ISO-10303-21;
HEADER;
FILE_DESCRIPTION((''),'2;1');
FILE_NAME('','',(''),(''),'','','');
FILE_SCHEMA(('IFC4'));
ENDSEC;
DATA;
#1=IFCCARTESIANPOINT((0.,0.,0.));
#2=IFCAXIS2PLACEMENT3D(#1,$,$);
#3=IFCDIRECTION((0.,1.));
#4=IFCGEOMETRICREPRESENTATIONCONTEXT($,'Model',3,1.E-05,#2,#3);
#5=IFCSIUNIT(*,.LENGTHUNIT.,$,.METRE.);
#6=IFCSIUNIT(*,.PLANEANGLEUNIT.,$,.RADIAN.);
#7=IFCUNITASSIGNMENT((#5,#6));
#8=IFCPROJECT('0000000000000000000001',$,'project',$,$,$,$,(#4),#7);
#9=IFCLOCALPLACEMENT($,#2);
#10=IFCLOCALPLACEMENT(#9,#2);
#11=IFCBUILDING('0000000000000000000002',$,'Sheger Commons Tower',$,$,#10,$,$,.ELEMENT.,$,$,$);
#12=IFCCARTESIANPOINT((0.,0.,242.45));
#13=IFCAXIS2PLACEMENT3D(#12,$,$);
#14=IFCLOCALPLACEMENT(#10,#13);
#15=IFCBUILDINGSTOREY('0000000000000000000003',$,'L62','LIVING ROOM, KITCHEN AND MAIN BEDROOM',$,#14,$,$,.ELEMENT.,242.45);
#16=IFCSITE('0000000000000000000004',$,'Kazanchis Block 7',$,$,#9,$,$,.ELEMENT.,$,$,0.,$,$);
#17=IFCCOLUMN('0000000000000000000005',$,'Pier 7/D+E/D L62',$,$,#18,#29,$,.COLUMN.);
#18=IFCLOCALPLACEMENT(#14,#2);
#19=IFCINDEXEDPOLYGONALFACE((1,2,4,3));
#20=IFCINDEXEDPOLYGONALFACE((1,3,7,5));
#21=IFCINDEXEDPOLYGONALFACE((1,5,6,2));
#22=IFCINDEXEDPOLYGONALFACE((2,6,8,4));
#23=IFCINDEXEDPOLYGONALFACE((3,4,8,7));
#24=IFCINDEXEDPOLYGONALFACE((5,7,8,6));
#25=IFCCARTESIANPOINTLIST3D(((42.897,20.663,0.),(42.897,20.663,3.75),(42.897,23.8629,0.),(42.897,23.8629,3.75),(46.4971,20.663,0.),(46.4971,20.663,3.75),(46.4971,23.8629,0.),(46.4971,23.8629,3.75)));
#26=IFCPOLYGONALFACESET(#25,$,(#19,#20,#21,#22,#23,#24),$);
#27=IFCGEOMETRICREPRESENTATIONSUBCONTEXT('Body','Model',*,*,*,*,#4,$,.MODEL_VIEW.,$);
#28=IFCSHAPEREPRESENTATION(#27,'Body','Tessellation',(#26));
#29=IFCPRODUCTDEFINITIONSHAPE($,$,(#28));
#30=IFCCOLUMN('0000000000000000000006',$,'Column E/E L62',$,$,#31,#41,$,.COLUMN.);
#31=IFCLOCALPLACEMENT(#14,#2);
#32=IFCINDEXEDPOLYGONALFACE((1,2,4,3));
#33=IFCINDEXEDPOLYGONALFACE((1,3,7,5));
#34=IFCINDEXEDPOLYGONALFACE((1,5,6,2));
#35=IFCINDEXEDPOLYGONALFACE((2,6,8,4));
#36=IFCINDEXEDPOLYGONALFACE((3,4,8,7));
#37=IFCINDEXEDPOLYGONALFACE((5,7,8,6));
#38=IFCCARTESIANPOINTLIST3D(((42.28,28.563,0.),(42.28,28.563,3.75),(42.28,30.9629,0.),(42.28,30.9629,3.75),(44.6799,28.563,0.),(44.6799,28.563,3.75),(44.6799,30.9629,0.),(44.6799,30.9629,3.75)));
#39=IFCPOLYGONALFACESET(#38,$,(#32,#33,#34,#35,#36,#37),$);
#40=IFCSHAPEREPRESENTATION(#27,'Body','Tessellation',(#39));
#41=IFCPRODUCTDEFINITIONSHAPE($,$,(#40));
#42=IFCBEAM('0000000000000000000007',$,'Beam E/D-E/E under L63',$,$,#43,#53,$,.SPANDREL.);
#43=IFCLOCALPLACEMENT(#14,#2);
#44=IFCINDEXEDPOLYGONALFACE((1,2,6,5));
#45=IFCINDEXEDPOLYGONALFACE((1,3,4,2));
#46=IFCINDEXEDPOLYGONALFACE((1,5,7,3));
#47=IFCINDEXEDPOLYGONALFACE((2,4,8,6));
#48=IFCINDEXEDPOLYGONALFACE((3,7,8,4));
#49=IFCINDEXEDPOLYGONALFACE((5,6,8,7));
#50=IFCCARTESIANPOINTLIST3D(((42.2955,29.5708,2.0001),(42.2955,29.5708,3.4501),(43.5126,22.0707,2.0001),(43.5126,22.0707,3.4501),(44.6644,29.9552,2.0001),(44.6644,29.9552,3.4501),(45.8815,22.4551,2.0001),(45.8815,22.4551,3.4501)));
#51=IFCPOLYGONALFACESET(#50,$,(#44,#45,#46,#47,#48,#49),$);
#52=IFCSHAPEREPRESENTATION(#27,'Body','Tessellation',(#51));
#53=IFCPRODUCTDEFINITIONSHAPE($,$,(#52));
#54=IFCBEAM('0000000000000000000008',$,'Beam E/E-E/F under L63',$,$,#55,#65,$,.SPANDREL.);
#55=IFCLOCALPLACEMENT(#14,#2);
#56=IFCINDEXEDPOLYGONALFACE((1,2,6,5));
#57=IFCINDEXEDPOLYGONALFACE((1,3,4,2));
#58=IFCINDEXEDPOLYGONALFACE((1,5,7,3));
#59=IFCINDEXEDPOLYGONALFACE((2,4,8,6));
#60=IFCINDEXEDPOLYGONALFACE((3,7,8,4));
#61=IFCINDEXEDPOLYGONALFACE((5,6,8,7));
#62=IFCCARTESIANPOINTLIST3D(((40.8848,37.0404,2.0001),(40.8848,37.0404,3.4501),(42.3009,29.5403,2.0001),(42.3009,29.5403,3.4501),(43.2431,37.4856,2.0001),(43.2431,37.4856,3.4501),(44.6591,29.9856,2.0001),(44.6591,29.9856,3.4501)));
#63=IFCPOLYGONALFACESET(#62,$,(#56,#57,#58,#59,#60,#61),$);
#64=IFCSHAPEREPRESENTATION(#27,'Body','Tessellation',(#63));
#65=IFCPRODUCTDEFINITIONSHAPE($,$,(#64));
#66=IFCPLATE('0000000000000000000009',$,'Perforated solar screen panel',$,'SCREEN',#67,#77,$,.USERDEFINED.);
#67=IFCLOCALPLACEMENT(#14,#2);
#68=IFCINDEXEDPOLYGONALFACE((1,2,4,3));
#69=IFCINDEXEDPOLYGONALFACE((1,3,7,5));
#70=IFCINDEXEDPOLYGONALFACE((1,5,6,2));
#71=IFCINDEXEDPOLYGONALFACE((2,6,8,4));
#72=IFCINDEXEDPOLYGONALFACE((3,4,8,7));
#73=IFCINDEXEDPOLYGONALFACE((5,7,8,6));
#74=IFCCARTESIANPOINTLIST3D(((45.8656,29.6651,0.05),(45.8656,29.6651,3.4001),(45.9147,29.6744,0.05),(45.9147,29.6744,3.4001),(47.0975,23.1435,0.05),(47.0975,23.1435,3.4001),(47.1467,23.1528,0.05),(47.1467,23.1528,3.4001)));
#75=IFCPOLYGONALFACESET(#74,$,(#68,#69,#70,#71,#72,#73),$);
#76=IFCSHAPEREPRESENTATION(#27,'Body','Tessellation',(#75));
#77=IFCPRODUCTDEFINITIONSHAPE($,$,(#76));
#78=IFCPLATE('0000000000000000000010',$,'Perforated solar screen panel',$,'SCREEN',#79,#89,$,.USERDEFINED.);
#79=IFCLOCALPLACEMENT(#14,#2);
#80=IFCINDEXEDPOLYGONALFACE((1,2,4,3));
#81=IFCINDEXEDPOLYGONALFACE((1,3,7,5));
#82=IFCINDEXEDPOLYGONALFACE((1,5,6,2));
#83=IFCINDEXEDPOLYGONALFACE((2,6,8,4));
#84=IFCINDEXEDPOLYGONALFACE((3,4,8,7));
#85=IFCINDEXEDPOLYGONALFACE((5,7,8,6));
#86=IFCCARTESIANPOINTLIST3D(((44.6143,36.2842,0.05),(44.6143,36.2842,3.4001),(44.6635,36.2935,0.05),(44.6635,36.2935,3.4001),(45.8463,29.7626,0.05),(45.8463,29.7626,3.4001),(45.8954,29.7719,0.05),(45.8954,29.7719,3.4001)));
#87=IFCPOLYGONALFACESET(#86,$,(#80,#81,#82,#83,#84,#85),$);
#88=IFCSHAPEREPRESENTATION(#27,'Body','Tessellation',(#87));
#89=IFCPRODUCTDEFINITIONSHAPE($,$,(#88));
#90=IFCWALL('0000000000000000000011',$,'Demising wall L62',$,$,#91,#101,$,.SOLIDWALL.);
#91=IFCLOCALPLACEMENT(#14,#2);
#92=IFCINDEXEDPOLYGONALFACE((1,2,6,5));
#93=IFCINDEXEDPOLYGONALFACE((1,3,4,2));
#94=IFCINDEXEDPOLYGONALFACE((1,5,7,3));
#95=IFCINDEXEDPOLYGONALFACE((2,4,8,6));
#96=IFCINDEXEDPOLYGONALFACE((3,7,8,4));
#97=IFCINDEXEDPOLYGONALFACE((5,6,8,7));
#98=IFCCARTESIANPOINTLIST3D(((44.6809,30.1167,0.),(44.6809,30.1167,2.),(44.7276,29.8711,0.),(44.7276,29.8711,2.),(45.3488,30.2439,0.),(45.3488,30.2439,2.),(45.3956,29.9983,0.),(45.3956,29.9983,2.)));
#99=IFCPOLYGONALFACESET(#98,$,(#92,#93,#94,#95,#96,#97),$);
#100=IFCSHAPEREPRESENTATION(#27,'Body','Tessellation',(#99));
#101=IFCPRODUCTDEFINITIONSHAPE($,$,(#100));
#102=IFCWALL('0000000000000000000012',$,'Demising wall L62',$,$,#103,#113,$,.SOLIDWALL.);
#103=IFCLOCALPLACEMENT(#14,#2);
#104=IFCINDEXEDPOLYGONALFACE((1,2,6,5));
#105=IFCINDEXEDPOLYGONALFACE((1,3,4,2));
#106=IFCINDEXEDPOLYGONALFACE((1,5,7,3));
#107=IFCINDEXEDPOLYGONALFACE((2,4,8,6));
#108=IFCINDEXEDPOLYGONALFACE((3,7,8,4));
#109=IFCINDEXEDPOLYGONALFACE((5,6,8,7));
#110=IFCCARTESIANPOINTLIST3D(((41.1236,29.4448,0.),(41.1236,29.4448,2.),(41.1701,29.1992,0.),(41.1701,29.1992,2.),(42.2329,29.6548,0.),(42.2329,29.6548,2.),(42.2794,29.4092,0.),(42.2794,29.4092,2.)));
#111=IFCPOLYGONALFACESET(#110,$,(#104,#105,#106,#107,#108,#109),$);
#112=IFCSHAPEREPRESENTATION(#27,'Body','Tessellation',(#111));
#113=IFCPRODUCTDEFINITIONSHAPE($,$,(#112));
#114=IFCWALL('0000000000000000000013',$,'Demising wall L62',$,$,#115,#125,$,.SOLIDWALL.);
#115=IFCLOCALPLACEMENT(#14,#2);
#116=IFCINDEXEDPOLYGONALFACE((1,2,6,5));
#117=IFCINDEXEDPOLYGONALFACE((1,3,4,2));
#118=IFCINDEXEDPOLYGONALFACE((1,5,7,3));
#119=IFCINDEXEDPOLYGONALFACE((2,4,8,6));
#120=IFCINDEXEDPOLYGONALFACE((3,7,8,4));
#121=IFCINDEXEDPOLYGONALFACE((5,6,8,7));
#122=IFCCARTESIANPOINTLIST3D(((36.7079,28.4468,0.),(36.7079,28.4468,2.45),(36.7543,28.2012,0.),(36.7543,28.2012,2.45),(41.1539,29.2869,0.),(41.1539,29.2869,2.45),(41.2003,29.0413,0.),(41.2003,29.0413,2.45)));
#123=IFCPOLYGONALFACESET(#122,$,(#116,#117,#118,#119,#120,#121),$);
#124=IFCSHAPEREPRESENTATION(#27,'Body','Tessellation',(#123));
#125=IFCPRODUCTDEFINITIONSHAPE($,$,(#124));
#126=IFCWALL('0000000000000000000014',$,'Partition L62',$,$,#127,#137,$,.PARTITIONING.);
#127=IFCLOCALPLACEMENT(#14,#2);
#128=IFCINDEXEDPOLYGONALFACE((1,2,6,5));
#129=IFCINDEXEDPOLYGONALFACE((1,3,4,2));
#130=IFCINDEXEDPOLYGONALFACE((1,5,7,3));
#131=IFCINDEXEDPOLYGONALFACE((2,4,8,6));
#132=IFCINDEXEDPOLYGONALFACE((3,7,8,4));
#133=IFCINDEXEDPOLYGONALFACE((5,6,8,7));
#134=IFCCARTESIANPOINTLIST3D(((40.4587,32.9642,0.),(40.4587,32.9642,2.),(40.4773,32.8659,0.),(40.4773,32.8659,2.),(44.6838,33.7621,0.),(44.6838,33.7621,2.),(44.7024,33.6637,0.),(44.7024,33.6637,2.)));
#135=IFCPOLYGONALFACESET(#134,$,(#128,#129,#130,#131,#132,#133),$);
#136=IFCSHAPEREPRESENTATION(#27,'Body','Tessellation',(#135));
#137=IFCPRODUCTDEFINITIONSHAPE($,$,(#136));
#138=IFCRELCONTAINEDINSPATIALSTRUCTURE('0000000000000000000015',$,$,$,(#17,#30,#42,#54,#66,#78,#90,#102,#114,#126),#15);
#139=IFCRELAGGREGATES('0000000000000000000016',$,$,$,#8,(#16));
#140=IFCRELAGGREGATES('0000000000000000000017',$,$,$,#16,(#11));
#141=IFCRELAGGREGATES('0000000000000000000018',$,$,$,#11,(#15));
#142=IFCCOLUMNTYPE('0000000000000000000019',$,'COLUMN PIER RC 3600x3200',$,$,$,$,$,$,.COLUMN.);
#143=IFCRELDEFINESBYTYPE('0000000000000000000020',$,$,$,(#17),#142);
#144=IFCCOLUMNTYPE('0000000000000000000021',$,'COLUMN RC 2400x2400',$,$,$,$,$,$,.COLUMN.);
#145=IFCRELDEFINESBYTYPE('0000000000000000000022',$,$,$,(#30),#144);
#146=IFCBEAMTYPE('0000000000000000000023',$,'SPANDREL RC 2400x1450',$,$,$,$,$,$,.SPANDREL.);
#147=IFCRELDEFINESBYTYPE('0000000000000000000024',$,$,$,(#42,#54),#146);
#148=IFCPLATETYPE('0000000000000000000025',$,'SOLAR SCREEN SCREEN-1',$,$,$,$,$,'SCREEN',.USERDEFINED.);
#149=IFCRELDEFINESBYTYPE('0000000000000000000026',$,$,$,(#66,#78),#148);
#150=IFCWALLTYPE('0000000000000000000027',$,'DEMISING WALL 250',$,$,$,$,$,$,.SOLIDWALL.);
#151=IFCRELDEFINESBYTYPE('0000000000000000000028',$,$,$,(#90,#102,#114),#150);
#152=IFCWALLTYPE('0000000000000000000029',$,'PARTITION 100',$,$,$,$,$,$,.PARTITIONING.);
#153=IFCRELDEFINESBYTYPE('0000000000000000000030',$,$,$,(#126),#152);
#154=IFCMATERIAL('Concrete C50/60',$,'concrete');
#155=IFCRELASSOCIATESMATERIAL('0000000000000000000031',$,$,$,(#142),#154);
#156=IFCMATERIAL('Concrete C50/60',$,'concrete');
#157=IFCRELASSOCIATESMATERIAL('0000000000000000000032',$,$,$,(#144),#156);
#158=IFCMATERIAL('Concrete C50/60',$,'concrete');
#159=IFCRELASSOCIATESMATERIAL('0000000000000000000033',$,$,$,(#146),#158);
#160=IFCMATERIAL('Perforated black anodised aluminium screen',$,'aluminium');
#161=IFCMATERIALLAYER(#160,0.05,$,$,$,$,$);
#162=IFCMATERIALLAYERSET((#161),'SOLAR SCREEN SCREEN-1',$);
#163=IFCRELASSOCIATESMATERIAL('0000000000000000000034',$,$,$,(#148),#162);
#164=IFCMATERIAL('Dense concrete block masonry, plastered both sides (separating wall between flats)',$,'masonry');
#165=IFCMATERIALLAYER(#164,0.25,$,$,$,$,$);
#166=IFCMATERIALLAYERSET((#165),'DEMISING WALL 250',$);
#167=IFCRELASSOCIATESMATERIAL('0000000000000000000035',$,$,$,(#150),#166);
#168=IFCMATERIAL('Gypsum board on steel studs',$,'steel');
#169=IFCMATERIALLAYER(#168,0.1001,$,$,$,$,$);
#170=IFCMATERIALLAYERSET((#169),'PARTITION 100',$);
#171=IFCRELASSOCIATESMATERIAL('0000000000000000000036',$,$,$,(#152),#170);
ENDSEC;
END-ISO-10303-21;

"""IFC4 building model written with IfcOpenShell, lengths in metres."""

from ifc_helpers import new_model, si_unit, direction, frame, frame_2d, origin, origin_2d, place, context, subcontext, project, spatial, rectangle, extrude, material, layer, layer_set, material_profile, profile_set, type_object, element, save


model = new_model("IFC4")

# Units and contexts
model_context = context("Model", 3, precision=1e-05, world=origin(), true_north=direction((0.0, 1.0)))
body_context = subcontext(model_context, "Body", "Model", "MODEL_VIEW")
ifc_project = project(units=[si_unit("LENGTHUNIT", "METRE"), si_unit("PLANEANGLEUNIT", "RADIAN")], contexts=[model_context])

# Site, building, storey
site_placement = place(None, origin())
site = spatial("IfcSite", under=ifc_project, at=site_placement, Name="Kazanchis Block 7", CompositionType="ELEMENT", RefElevation=0.0)
building_placement = place(site_placement, origin())
building = spatial("IfcBuilding", under=site, at=building_placement, Name="Sheger Commons Tower", CompositionType="ELEMENT")
storey_placement = place(building_placement, frame((0.0, 0.0, 242.45)))
storey = spatial("IfcBuildingStorey", under=building, at=storey_placement, Name="L62", Description="LIVING ROOM, KITCHEN AND MAIN BEDROOM", CompositionType="ELEMENT", Elevation=242.45)

# Columns
ifc_material_1 = material(Name="Concrete C50/60", Category="concrete")
ifc_material_profile_1 = material_profile(ifc_material_1, rectangle(XDim=3.6001, YDim=3.2, at=origin_2d()), Name="RC 3600x3200")
ifc_profile_set_1 = profile_set([ifc_material_profile_1], Name="Concrete C50/60")
column_type_1 = type_object("IfcColumnType", Name="COLUMN PIER RC 3600x3200", PredefinedType="COLUMN", material=ifc_profile_set_1)
column_1_placement = place(storey_placement, frame((44.697, 22.2629, 0.0), z_axis=(0.0, 0.0, 1.0), x_axis=(1.0, 0.0, 0.0)))
element("IfcColumn", 1, at=column_1_placement, inside=storey, type_object=column_type_1, Name="Pier 7/D+E/D L62", PredefinedType="COLUMN", context=body_context, shape_type="SweptSolid", body=[
    extrude(rectangle(XDim=3.6001, YDim=3.2, at=origin_2d()), origin(), (0.0, 0.0, 1.0), 3.75),
])
ifc_material_2 = material(Name="Concrete C50/60", Category="concrete")
ifc_material_profile_2 = material_profile(ifc_material_2, rectangle(XDim=2.3999, YDim=2.3999, at=origin_2d()), Name="RC 2400x2400")
ifc_profile_set_2 = profile_set([ifc_material_profile_2], Name="Concrete C50/60")
column_type_2 = type_object("IfcColumnType", Name="COLUMN RC 2400x2400", PredefinedType="COLUMN", material=ifc_profile_set_2)
column_2_placement = place(storey_placement, frame((43.48, 29.7629, 0.0), z_axis=(0.0, 0.0, 1.0), x_axis=(1.0, 0.0, 0.0)))
element("IfcColumn", 2, at=column_2_placement, inside=storey, type_object=column_type_2, Name="Column E/E L62", PredefinedType="COLUMN", context=body_context, shape_type="SweptSolid", body=[
    extrude(rectangle(XDim=2.3999, YDim=2.3999, at=origin_2d()), origin(), (0.0, 0.0, 1.0), 3.75),
])

# Beams
ifc_material_3 = material(Name="Concrete C50/60", Category="concrete")
ifc_material_profile_3 = material_profile(ifc_material_3, rectangle(XDim=2.3999, YDim=1.45, at=origin_2d()), Name="RC 2400x1450")
ifc_profile_set_3 = profile_set([ifc_material_profile_3], Name="Concrete C50/60")
beam_type = type_object("IfcBeamType", Name="SPANDREL RC 2400x1450", PredefinedType="SPANDREL", material=ifc_profile_set_3)
beam_1_placement = place(storey_placement, frame((44.697, 22.2629, 2.7251), z_axis=(-0.160177, 0.987088, 0.0), x_axis=(-0.987088, -0.160177, 0.0)))
element("IfcBeam", 3, at=beam_1_placement, inside=storey, type_object=beam_type, Name="Beam E/D-E/E under L63", PredefinedType="SPANDREL", context=body_context, shape_type="SweptSolid", body=[
    extrude(rectangle(XDim=2.3999, YDim=1.45, at=origin_2d()), origin(), (0.0, 0.0, 1.0), 7.5981),
])
beam_2_placement = place(storey_placement, frame((43.48, 29.7629, 2.7251), z_axis=(-0.185524, 0.98264, 0.0), x_axis=(-0.98264, -0.185524, 0.0)))
element("IfcBeam", 4, at=beam_2_placement, inside=storey, type_object=beam_type, Name="Beam E/E-E/F under L63", PredefinedType="SPANDREL", context=body_context, shape_type="SweptSolid", body=[
    extrude(rectangle(XDim=2.3999, YDim=1.45, at=origin_2d()), origin(), (0.0, 0.0, 1.0), 7.6326),
])

# Plates
ifc_material_4 = material(Name="Perforated black anodised aluminium screen", Category="aluminium")
ifc_layer_1 = layer(ifc_material_4, 0.05)
ifc_layer_set_1 = layer_set([ifc_layer_1], Name="SOLAR SCREEN SCREEN-1")
plate_type = type_object("IfcPlateType", Name="SOLAR SCREEN SCREEN-1", ElementType="SCREEN", PredefinedType="USERDEFINED", material=ifc_layer_set_1)
for number, where, z_axis, x_axis, name in (
    (5, (46.5061, 26.4089, 0.05), (0.0, 0.0, 1.0), (-0.185615, 0.982623, 0.0), "Perforated solar screen panel"),
    (6, (45.2549, 33.0281, 0.05), (0.0, 0.0, 1.0), (-0.185615, 0.982623, 0.0), "Perforated solar screen panel"),
):
    element("IfcPlate", number, at=place(storey_placement, frame(where, z_axis=z_axis, x_axis=x_axis)), inside=storey, type_object=plate_type, Name=name, ObjectType="SCREEN", PredefinedType="USERDEFINED", context=body_context, shape_type="SweptSolid", body=[
        extrude(rectangle(XDim=6.637, YDim=0.05, at=origin_2d()), origin(), (0.0, 0.0, 1.0), 3.3501),
    ])

# Walls
ifc_material_5 = material(Name="Dense concrete block masonry, plastered both sides (separating wall between flats)", Category="masonry")
ifc_layer_2 = layer(ifc_material_5, 0.25)
ifc_layer_set_2 = layer_set([ifc_layer_2], Name="DEMISING WALL 250")
wall_type_1 = type_object("IfcWallType", Name="DEMISING WALL 250", PredefinedType="SOLIDWALL", material=ifc_layer_set_2)
wall_1_placement = place(storey_placement, frame((45.3721, 30.1211, 0.0), z_axis=(0.0, 0.0, 1.0), x_axis=(-0.982348, -0.187063, 0.0)))
element("IfcWall", 7, at=wall_1_placement, inside=storey, type_object=wall_type_1, Name="Demising wall L62", PredefinedType="SOLIDWALL", context=body_context, shape_type="SweptSolid", body=[
    extrude(rectangle(XDim=0.6799, YDim=0.25, at=frame_2d((0.3398, 0.0))), origin(), (0.0, 0.0, 1.0), 2.0),
])
wall_2_placement = place(storey_placement, frame((42.2561, 29.532, 0.0), z_axis=(0.0, 0.0, 1.0), x_axis=(-0.98255, -0.185999, 0.0)))
element("IfcWall", 8, at=wall_2_placement, inside=storey, type_object=wall_type_1, Name="Demising wall L62", PredefinedType="SOLIDWALL", context=body_context, shape_type="SweptSolid", body=[
    extrude(rectangle(XDim=1.1289, YDim=0.25, at=frame_2d((0.5645, 0.0))), origin(), (0.0, 0.0, 1.0), 2.0),
])
wall_3_placement = place(storey_placement, frame((41.177, 29.1641, 0.0), z_axis=(0.0, 0.0, 1.0), x_axis=(-0.982613, -0.185666, 0.0)))
element("IfcWall", 9, at=wall_3_placement, inside=storey, type_object=wall_type_1, Name="Demising wall L62", PredefinedType="SOLIDWALL", context=body_context, shape_type="SweptSolid", body=[
    extrude(rectangle(XDim=4.5247, YDim=0.25, at=frame_2d((2.2622, 0.0))), origin(), (0.0, 0.0, 1.0), 2.45),
])
ifc_material_6 = material(Name="Gypsum board on steel studs", Category="steel")
ifc_layer_3 = layer(ifc_material_6, 0.1001)
ifc_layer_set_3 = layer_set([ifc_layer_3], Name="PARTITION 100")
wall_type_2 = type_object("IfcWallType", Name="PARTITION 100", PredefinedType="PARTITIONING", material=ifc_layer_set_3)
wall_4_placement = place(storey_placement, frame((44.6931, 33.7129, 0.0), z_axis=(0.0, 0.0, 1.0), x_axis=(-0.982634, -0.185557, 0.0)))
element("IfcWall", 10, at=wall_4_placement, inside=storey, type_object=wall_type_2, Name="Partition L62", PredefinedType="PARTITIONING", context=body_context, shape_type="SweptSolid", body=[
    extrude(rectangle(XDim=4.2998, YDim=0.1001, at=frame_2d((2.1499, 0.0))), origin(), (0.0, 0.0, 1.0), 2.0),
])

save(model, "model.ifc")
